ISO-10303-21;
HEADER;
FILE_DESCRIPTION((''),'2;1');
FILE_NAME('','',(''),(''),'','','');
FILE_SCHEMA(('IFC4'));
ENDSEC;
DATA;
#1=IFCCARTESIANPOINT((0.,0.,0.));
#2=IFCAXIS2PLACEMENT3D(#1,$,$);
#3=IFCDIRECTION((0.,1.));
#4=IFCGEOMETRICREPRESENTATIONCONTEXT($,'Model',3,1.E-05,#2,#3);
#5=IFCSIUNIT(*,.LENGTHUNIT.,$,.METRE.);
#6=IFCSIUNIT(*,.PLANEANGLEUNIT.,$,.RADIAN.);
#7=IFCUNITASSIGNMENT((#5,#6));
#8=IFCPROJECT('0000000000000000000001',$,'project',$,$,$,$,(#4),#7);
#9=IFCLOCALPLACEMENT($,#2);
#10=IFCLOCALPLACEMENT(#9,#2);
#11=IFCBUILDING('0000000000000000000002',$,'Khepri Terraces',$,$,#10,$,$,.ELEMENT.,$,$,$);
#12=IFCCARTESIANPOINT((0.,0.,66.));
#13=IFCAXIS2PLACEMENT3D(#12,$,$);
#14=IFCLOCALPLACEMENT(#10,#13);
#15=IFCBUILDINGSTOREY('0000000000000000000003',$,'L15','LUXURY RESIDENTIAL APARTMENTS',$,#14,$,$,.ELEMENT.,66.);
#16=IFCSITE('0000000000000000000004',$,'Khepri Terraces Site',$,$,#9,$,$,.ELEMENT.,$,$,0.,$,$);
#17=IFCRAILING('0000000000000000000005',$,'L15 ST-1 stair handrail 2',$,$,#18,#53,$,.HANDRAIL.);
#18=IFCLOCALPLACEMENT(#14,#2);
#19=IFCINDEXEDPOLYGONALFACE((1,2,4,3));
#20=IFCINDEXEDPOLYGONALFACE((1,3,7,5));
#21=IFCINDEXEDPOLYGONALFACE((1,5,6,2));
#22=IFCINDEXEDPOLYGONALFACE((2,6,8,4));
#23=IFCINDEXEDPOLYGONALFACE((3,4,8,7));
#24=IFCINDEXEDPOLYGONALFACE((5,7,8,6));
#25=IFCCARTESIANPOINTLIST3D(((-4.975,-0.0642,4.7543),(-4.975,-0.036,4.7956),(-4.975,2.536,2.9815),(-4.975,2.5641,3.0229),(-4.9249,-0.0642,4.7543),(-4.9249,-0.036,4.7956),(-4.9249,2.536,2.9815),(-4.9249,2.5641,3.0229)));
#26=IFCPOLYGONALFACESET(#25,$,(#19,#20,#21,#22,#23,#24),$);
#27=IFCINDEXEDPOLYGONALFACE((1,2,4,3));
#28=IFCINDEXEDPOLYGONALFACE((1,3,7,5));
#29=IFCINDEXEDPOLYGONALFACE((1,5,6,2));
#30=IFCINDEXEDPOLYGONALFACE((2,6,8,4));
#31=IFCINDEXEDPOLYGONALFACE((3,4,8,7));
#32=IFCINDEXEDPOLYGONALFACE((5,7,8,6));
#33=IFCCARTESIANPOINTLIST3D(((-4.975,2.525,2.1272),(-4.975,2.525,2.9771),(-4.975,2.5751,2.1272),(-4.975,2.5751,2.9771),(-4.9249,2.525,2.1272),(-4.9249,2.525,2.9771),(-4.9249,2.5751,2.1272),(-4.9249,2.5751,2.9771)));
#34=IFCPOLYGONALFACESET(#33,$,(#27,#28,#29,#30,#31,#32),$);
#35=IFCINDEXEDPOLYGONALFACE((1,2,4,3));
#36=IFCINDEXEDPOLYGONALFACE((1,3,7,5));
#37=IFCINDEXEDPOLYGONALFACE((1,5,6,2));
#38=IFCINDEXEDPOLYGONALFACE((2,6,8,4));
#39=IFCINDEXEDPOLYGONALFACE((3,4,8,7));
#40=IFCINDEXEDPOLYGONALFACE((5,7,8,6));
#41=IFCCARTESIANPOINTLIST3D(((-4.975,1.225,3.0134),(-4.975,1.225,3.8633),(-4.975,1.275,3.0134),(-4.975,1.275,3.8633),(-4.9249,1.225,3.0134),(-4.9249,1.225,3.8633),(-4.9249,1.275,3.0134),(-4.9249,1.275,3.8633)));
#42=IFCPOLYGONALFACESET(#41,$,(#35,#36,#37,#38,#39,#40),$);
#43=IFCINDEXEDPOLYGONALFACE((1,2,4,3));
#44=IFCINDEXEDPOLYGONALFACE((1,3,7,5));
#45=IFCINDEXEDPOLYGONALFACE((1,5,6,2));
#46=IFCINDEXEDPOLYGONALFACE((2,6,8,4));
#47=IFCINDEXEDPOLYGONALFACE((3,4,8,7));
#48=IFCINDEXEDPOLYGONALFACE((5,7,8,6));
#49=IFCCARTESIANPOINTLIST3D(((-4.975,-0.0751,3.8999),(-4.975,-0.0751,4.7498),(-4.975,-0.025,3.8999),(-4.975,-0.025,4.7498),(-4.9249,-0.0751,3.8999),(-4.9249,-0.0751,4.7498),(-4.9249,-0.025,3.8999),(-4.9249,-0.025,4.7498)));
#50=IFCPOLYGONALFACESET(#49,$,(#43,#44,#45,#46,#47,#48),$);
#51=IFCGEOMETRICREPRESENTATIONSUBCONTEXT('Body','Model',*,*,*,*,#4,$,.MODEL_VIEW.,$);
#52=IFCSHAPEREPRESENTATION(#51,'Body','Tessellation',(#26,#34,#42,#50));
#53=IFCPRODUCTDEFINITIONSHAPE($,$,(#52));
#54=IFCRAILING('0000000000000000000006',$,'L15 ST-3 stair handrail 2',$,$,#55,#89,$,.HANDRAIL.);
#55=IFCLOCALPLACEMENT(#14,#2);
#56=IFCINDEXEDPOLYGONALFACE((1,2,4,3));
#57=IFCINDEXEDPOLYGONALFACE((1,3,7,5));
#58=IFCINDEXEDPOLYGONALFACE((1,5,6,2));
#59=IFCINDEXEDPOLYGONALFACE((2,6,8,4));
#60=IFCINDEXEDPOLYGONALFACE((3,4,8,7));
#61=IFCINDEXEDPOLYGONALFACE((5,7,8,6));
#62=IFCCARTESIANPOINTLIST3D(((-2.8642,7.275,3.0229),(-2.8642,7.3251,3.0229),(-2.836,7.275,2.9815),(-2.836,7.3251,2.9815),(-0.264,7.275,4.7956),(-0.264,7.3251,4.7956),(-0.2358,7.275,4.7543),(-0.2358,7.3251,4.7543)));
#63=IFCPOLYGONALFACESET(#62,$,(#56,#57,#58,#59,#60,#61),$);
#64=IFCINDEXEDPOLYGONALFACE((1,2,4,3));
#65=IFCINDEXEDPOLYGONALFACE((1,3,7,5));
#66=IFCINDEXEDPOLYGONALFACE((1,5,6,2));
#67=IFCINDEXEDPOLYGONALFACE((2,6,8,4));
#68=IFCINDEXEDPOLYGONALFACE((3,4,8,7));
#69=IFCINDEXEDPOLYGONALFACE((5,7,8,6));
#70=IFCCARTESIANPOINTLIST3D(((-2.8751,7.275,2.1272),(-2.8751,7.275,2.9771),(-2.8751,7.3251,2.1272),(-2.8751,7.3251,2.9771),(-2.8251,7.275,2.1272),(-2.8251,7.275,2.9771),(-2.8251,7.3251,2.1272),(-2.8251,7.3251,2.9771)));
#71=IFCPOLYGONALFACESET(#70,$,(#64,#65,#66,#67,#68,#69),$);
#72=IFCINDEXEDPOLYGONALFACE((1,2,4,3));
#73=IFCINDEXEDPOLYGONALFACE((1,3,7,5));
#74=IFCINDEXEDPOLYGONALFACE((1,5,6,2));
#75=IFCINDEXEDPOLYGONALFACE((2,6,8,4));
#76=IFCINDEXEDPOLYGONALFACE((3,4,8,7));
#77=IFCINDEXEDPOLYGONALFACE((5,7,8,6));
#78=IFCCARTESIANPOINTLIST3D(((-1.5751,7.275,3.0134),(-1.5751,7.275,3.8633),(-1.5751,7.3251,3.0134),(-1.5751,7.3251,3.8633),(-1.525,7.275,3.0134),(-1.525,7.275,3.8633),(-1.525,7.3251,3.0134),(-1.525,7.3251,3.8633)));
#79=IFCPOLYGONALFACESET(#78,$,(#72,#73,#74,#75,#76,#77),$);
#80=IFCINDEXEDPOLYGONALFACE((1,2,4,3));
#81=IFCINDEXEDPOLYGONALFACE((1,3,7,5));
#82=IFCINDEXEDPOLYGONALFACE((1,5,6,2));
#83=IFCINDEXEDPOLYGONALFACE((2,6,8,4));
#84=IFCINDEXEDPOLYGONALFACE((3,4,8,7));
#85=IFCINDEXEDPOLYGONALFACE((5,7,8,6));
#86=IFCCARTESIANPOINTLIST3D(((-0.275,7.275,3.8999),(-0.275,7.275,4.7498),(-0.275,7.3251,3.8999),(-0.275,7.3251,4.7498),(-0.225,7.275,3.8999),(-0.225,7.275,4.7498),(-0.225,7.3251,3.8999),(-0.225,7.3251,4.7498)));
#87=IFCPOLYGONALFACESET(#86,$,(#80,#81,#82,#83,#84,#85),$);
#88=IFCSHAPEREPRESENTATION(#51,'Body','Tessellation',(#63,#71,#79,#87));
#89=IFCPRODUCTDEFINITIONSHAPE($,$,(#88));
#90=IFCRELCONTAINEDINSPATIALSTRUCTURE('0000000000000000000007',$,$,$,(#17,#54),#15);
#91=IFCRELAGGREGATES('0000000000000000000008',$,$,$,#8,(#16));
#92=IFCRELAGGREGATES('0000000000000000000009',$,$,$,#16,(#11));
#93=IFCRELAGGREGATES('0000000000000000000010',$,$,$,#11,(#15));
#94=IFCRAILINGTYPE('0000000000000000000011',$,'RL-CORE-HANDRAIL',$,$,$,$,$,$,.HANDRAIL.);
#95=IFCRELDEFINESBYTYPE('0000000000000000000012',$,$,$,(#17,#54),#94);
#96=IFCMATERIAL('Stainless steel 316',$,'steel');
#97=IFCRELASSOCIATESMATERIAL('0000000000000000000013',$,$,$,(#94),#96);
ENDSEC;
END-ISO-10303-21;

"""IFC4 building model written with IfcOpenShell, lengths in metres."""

from ifc_helpers import new_model, si_unit, direction, frame, origin, origin_2d, place, context, subcontext, project, spatial, rectangle, extrude, material, type_object, element, save


model = new_model("IFC4")

# Units and contexts
model_context = context("Model", 3, precision=1e-05, world=origin(), true_north=direction((0.0, 1.0)))
body_context = subcontext(model_context, "Body", "Model", "MODEL_VIEW")
ifc_project = project(units=[si_unit("LENGTHUNIT", "METRE"), si_unit("PLANEANGLEUNIT", "RADIAN")], contexts=[model_context])

# Site, building, storey
site_placement = place(None, origin())
site = spatial("IfcSite", under=ifc_project, at=site_placement, Name="Khepri Terraces Site", CompositionType="ELEMENT", RefElevation=0.0)
building_placement = place(site_placement, origin())
building = spatial("IfcBuilding", under=site, at=building_placement, Name="Khepri Terraces", CompositionType="ELEMENT")
storey_placement = place(building_placement, frame((0.0, 0.0, 66.0)))
storey = spatial("IfcBuildingStorey", under=building, at=storey_placement, Name="L15", Description="LUXURY RESIDENTIAL APARTMENTS", CompositionType="ELEMENT", Elevation=66.0)

# Railings
ifc_material_1 = material(Name="Stainless steel 316", Category="steel")
railing_type_1 = type_object("IfcRailingType", Name="RL-CORE-HANDRAIL", PredefinedType="HANDRAIL", material=ifc_material_1)
railing_1_placement = place(storey_placement, frame((-4.95, 2.55, 2.1272)))
element("IfcRailing", 1, at=railing_1_placement, inside=storey, type_object=railing_type_1, Name="L15 ST-1 stair handrail 2", PredefinedType="HANDRAIL", context=body_context, shape_type="SweptSolid", body=[
    extrude(rectangle(XDim=0.05, YDim=0.05, at=origin_2d()), frame((0.0, 0.0, 0.875), z_axis=(0.0, -0.82624, 0.563318), x_axis=(1.0, 0.0, 0.0)), (0.0, 0.0, 1.0), 3.147),
    extrude(rectangle(XDim=0.05, YDim=0.05, at=origin_2d()), origin(), (0.0, 0.0, 1.0), 0.8499),
    extrude(rectangle(XDim=0.05, YDim=0.05, at=origin_2d()), frame((0.0, -1.3, 0.8862)), (0.0, 0.0, 1.0), 0.8499),
    extrude(rectangle(XDim=0.05, YDim=0.05, at=origin_2d()), frame((0.0, -2.6001, 1.7727)), (0.0, 0.0, 1.0), 0.8499),
])
railing_2_placement = place(storey_placement, frame((-2.8501, 7.3, 2.1272)))
element("IfcRailing", 2, at=railing_2_placement, inside=storey, type_object=railing_type_1, Name="L15 ST-3 stair handrail 2", PredefinedType="HANDRAIL", context=body_context, shape_type="SweptSolid", body=[
    extrude(rectangle(XDim=0.05, YDim=0.05, at=origin_2d()), frame((0.0, 0.0, 0.875), z_axis=(0.82624, 0.0, 0.563318), x_axis=(0.0, 1.0, 0.0)), (0.0, 0.0, 1.0), 3.147),
    extrude(rectangle(XDim=0.05, YDim=0.05, at=origin_2d()), origin(), (0.0, 0.0, 1.0), 0.8499),
    extrude(rectangle(XDim=0.05, YDim=0.05, at=origin_2d()), frame((1.3, 0.0, 0.8862)), (0.0, 0.0, 1.0), 0.8499),
    extrude(rectangle(XDim=0.05, YDim=0.05, at=origin_2d()), frame((2.6001, 0.0, 1.7727)), (0.0, 0.0, 1.0), 0.8499),
])

save(model, "model.ifc")
